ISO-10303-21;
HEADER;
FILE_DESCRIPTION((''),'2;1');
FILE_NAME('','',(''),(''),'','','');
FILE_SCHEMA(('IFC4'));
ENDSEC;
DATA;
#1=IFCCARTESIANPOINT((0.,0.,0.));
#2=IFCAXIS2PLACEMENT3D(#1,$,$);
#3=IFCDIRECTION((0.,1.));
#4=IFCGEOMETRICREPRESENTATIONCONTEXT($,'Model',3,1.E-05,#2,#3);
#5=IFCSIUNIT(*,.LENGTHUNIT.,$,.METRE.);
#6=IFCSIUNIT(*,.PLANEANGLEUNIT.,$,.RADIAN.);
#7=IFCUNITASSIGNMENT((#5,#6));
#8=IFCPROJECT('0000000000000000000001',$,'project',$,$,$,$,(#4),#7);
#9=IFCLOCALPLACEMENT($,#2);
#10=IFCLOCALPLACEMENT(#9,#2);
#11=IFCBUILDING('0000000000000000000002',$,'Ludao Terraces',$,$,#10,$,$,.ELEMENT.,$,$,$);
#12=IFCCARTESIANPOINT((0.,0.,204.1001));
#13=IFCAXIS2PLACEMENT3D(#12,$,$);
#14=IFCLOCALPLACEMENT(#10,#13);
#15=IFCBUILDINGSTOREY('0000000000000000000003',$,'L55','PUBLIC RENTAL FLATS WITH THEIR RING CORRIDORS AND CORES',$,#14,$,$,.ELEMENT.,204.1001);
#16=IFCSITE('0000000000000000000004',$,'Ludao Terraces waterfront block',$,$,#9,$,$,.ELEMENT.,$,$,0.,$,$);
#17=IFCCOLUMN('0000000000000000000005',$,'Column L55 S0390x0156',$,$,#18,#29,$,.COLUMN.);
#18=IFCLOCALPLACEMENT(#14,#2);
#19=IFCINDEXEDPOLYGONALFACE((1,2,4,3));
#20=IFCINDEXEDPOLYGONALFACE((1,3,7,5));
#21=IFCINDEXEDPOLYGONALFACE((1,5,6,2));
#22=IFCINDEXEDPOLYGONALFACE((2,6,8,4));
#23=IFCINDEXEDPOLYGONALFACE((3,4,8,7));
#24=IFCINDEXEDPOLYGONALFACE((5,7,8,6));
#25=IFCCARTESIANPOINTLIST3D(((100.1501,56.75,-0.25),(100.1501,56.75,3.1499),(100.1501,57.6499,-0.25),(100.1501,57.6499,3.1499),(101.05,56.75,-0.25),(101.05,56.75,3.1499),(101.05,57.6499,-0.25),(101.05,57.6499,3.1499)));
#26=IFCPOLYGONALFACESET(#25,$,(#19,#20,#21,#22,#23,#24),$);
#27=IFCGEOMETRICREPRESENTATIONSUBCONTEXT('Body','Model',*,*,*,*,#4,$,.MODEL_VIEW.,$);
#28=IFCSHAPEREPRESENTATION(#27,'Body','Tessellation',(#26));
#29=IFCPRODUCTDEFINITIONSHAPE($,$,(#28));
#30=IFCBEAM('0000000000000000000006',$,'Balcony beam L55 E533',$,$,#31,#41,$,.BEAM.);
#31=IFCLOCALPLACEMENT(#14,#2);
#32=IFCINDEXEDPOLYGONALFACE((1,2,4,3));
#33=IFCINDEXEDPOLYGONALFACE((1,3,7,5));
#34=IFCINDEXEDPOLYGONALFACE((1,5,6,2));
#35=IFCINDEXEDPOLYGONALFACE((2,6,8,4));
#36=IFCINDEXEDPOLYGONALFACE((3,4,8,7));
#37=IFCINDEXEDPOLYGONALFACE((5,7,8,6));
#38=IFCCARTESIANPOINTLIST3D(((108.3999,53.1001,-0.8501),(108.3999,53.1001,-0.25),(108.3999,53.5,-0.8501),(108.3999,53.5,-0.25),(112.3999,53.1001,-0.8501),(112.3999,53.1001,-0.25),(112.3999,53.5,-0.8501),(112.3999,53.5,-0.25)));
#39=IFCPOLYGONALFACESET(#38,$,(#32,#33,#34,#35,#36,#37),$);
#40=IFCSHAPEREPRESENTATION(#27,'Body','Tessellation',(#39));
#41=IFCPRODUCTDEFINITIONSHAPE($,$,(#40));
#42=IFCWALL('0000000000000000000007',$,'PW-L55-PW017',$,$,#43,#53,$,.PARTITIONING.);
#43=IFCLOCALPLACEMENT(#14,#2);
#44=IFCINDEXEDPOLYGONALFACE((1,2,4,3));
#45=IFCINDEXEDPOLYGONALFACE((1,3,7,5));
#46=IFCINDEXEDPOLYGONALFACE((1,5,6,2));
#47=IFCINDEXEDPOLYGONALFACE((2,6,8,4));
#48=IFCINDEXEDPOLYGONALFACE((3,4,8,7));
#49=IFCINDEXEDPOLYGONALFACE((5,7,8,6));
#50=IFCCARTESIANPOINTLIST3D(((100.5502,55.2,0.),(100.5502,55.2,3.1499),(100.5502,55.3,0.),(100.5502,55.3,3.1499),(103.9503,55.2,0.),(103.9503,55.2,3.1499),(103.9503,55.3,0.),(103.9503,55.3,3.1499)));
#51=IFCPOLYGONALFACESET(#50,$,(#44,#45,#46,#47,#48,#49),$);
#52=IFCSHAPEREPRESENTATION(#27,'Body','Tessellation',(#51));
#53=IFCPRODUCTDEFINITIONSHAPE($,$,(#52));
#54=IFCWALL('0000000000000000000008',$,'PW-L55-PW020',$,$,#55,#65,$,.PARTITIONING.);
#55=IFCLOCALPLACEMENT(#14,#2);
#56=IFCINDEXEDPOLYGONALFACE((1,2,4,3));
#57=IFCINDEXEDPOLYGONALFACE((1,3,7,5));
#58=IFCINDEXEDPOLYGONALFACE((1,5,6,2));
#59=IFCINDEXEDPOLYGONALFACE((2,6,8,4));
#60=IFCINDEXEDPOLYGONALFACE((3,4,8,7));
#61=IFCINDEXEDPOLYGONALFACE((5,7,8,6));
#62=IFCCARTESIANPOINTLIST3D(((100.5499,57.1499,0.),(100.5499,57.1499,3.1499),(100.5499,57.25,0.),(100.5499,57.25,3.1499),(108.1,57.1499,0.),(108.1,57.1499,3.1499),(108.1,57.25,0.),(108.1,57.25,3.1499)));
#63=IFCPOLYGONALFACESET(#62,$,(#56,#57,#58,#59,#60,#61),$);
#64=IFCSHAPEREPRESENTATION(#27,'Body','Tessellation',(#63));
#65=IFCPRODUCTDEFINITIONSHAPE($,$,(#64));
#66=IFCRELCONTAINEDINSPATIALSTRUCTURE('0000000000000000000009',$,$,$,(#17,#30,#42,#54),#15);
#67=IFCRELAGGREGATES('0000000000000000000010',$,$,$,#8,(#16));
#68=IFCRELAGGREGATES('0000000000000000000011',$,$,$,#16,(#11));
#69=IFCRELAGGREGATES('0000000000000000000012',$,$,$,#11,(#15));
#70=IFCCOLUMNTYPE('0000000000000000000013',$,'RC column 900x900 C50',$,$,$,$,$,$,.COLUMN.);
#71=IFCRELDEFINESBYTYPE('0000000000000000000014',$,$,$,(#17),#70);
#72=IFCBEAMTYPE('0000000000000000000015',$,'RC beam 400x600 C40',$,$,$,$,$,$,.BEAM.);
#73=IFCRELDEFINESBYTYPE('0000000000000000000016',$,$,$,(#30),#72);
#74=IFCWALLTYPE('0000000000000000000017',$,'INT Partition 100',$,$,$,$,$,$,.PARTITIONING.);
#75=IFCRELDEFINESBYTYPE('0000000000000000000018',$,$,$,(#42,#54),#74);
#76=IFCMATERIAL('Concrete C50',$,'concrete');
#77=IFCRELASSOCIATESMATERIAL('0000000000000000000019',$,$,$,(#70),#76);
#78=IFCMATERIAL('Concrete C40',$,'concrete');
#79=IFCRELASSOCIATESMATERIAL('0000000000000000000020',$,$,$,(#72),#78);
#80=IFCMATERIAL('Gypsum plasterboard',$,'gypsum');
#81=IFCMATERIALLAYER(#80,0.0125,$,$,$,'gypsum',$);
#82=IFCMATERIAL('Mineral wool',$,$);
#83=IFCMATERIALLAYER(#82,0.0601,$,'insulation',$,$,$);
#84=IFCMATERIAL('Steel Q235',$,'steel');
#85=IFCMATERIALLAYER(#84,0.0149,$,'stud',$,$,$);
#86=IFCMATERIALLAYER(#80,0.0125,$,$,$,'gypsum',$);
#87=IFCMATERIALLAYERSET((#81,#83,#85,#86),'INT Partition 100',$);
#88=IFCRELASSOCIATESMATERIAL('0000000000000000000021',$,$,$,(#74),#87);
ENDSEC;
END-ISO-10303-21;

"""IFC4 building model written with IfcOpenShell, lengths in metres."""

from ifc_helpers import new_model, si_unit, direction, frame, frame_2d, origin, origin_2d, place, context, subcontext, project, spatial, rectangle, extrude, material, layer, layer_set, material_profile, profile_set, type_object, element, save


model = new_model("IFC4")

# Units and contexts
model_context = context("Model", 3, precision=1e-05, world=origin(), true_north=direction((0.0, 1.0)))
body_context = subcontext(model_context, "Body", "Model", "MODEL_VIEW")
ifc_project = project(units=[si_unit("LENGTHUNIT", "METRE"), si_unit("PLANEANGLEUNIT", "RADIAN")], contexts=[model_context])

# Site, building, storey
site_placement = place(None, origin())
site = spatial("IfcSite", under=ifc_project, at=site_placement, Name="Ludao Terraces waterfront block", CompositionType="ELEMENT", RefElevation=0.0)
building_placement = place(site_placement, origin())
building = spatial("IfcBuilding", under=site, at=building_placement, Name="Ludao Terraces", CompositionType="ELEMENT")
storey_placement = place(building_placement, frame((0.0, 0.0, 204.1001)))
storey = spatial("IfcBuildingStorey", under=building, at=storey_placement, Name="L55", Description="PUBLIC RENTAL FLATS WITH THEIR RING CORRIDORS AND CORES", CompositionType="ELEMENT", Elevation=204.1001)

# Column
ifc_material_1 = material(Name="Concrete C50", Category="concrete")
ifc_material_profile_1 = material_profile(ifc_material_1, rectangle(XDim=0.8999, YDim=0.8999, at=origin_2d()), Name="900 X 900")
ifc_profile_set_1 = profile_set([ifc_material_profile_1], Name="Concrete C50")
column_type = type_object("IfcColumnType", Name="RC column 900x900 C50", PredefinedType="COLUMN", material=ifc_profile_set_1)
column_placement = place(storey_placement, frame((100.6001, 57.2, -0.25), z_axis=(0.0, 0.0, 1.0), x_axis=(1.0, 0.0, 0.0)))
element("IfcColumn", 1, at=column_placement, inside=storey, type_object=column_type, Name="Column L55 S0390x0156", PredefinedType="COLUMN", context=body_context, shape_type="SweptSolid", body=[
    extrude(rectangle(XDim=0.8999, YDim=0.8999, at=origin_2d()), origin(), (0.0, 0.0, 1.0), 3.3999),
])

# Beam
ifc_material_2 = material(Name="Concrete C40", Category="concrete")
ifc_material_profile_2 = material_profile(ifc_material_2, rectangle(XDim=0.3999, YDim=0.6001, at=origin_2d()), Name="400 X 600")
ifc_profile_set_2 = profile_set([ifc_material_profile_2], Name="Concrete C40")
beam_type = type_object("IfcBeamType", Name="RC beam 400x600 C40", PredefinedType="BEAM", material=ifc_profile_set_2)
beam_placement = place(storey_placement, frame((108.3999, 53.3, -0.55), z_axis=(1.0, 0.0, 0.0), x_axis=(0.0, 1.0, 0.0)))
element("IfcBeam", 2, at=beam_placement, inside=storey, type_object=beam_type, Name="Balcony beam L55 E533", PredefinedType="BEAM", context=body_context, shape_type="SweptSolid", body=[
    extrude(rectangle(XDim=0.3999, YDim=0.6001, at=origin_2d()), origin(), (0.0, 0.0, 1.0), 4.0),
])

# Shared definitions
ifc_material_3 = material(Name="Mineral wool")

# Walls
ifc_material_4 = material(Name="Gypsum plasterboard", Category="gypsum")
ifc_layer_1 = layer(ifc_material_4, 0.0125, Category="gypsum")
ifc_layer_2 = layer(ifc_material_3, 0.0601, Name="insulation")
ifc_material_5 = material(Name="Steel Q235", Category="steel")
ifc_layer_3 = layer(ifc_material_5, 0.0149, Name="stud")
ifc_layer_4 = layer(ifc_material_4, 0.0125, Category="gypsum")
ifc_layer_set_1 = layer_set([ifc_layer_1, ifc_layer_2, ifc_layer_3, ifc_layer_4], Name="INT Partition 100")
wall_type_1 = type_object("IfcWallType", Name="INT Partition 100", PredefinedType="PARTITIONING", material=ifc_layer_set_1)
wall_1_placement = place(storey_placement, frame((100.55, 55.25, 0.0), z_axis=(0.0, 0.0, 1.0), x_axis=(1.0, 0.0, 0.0)))
element("IfcWall", 3, at=wall_1_placement, inside=storey, type_object=wall_type_1, Name="PW-L55-PW017", PredefinedType="PARTITIONING", context=body_context, shape_type="SweptSolid", body=[
    extrude(rectangle(XDim=3.4001, YDim=0.1001, at=frame_2d((1.7002, 0.0))), origin(), (0.0, 0.0, 1.0), 3.1499),
])
wall_2_placement = place(storey_placement, frame((100.55, 57.2, 0.0), z_axis=(0.0, 0.0, 1.0), x_axis=(1.0, 0.0, 0.0)))
element("IfcWall", 4, at=wall_2_placement, inside=storey, type_object=wall_type_1, Name="PW-L55-PW020", PredefinedType="PARTITIONING", context=body_context, shape_type="SweptSolid", body=[
    extrude(rectangle(XDim=7.55, YDim=0.1001, at=frame_2d((3.7749, 0.0))), origin(), (0.0, 0.0, 1.0), 3.1499),
])

save(model, "model.ifc")
